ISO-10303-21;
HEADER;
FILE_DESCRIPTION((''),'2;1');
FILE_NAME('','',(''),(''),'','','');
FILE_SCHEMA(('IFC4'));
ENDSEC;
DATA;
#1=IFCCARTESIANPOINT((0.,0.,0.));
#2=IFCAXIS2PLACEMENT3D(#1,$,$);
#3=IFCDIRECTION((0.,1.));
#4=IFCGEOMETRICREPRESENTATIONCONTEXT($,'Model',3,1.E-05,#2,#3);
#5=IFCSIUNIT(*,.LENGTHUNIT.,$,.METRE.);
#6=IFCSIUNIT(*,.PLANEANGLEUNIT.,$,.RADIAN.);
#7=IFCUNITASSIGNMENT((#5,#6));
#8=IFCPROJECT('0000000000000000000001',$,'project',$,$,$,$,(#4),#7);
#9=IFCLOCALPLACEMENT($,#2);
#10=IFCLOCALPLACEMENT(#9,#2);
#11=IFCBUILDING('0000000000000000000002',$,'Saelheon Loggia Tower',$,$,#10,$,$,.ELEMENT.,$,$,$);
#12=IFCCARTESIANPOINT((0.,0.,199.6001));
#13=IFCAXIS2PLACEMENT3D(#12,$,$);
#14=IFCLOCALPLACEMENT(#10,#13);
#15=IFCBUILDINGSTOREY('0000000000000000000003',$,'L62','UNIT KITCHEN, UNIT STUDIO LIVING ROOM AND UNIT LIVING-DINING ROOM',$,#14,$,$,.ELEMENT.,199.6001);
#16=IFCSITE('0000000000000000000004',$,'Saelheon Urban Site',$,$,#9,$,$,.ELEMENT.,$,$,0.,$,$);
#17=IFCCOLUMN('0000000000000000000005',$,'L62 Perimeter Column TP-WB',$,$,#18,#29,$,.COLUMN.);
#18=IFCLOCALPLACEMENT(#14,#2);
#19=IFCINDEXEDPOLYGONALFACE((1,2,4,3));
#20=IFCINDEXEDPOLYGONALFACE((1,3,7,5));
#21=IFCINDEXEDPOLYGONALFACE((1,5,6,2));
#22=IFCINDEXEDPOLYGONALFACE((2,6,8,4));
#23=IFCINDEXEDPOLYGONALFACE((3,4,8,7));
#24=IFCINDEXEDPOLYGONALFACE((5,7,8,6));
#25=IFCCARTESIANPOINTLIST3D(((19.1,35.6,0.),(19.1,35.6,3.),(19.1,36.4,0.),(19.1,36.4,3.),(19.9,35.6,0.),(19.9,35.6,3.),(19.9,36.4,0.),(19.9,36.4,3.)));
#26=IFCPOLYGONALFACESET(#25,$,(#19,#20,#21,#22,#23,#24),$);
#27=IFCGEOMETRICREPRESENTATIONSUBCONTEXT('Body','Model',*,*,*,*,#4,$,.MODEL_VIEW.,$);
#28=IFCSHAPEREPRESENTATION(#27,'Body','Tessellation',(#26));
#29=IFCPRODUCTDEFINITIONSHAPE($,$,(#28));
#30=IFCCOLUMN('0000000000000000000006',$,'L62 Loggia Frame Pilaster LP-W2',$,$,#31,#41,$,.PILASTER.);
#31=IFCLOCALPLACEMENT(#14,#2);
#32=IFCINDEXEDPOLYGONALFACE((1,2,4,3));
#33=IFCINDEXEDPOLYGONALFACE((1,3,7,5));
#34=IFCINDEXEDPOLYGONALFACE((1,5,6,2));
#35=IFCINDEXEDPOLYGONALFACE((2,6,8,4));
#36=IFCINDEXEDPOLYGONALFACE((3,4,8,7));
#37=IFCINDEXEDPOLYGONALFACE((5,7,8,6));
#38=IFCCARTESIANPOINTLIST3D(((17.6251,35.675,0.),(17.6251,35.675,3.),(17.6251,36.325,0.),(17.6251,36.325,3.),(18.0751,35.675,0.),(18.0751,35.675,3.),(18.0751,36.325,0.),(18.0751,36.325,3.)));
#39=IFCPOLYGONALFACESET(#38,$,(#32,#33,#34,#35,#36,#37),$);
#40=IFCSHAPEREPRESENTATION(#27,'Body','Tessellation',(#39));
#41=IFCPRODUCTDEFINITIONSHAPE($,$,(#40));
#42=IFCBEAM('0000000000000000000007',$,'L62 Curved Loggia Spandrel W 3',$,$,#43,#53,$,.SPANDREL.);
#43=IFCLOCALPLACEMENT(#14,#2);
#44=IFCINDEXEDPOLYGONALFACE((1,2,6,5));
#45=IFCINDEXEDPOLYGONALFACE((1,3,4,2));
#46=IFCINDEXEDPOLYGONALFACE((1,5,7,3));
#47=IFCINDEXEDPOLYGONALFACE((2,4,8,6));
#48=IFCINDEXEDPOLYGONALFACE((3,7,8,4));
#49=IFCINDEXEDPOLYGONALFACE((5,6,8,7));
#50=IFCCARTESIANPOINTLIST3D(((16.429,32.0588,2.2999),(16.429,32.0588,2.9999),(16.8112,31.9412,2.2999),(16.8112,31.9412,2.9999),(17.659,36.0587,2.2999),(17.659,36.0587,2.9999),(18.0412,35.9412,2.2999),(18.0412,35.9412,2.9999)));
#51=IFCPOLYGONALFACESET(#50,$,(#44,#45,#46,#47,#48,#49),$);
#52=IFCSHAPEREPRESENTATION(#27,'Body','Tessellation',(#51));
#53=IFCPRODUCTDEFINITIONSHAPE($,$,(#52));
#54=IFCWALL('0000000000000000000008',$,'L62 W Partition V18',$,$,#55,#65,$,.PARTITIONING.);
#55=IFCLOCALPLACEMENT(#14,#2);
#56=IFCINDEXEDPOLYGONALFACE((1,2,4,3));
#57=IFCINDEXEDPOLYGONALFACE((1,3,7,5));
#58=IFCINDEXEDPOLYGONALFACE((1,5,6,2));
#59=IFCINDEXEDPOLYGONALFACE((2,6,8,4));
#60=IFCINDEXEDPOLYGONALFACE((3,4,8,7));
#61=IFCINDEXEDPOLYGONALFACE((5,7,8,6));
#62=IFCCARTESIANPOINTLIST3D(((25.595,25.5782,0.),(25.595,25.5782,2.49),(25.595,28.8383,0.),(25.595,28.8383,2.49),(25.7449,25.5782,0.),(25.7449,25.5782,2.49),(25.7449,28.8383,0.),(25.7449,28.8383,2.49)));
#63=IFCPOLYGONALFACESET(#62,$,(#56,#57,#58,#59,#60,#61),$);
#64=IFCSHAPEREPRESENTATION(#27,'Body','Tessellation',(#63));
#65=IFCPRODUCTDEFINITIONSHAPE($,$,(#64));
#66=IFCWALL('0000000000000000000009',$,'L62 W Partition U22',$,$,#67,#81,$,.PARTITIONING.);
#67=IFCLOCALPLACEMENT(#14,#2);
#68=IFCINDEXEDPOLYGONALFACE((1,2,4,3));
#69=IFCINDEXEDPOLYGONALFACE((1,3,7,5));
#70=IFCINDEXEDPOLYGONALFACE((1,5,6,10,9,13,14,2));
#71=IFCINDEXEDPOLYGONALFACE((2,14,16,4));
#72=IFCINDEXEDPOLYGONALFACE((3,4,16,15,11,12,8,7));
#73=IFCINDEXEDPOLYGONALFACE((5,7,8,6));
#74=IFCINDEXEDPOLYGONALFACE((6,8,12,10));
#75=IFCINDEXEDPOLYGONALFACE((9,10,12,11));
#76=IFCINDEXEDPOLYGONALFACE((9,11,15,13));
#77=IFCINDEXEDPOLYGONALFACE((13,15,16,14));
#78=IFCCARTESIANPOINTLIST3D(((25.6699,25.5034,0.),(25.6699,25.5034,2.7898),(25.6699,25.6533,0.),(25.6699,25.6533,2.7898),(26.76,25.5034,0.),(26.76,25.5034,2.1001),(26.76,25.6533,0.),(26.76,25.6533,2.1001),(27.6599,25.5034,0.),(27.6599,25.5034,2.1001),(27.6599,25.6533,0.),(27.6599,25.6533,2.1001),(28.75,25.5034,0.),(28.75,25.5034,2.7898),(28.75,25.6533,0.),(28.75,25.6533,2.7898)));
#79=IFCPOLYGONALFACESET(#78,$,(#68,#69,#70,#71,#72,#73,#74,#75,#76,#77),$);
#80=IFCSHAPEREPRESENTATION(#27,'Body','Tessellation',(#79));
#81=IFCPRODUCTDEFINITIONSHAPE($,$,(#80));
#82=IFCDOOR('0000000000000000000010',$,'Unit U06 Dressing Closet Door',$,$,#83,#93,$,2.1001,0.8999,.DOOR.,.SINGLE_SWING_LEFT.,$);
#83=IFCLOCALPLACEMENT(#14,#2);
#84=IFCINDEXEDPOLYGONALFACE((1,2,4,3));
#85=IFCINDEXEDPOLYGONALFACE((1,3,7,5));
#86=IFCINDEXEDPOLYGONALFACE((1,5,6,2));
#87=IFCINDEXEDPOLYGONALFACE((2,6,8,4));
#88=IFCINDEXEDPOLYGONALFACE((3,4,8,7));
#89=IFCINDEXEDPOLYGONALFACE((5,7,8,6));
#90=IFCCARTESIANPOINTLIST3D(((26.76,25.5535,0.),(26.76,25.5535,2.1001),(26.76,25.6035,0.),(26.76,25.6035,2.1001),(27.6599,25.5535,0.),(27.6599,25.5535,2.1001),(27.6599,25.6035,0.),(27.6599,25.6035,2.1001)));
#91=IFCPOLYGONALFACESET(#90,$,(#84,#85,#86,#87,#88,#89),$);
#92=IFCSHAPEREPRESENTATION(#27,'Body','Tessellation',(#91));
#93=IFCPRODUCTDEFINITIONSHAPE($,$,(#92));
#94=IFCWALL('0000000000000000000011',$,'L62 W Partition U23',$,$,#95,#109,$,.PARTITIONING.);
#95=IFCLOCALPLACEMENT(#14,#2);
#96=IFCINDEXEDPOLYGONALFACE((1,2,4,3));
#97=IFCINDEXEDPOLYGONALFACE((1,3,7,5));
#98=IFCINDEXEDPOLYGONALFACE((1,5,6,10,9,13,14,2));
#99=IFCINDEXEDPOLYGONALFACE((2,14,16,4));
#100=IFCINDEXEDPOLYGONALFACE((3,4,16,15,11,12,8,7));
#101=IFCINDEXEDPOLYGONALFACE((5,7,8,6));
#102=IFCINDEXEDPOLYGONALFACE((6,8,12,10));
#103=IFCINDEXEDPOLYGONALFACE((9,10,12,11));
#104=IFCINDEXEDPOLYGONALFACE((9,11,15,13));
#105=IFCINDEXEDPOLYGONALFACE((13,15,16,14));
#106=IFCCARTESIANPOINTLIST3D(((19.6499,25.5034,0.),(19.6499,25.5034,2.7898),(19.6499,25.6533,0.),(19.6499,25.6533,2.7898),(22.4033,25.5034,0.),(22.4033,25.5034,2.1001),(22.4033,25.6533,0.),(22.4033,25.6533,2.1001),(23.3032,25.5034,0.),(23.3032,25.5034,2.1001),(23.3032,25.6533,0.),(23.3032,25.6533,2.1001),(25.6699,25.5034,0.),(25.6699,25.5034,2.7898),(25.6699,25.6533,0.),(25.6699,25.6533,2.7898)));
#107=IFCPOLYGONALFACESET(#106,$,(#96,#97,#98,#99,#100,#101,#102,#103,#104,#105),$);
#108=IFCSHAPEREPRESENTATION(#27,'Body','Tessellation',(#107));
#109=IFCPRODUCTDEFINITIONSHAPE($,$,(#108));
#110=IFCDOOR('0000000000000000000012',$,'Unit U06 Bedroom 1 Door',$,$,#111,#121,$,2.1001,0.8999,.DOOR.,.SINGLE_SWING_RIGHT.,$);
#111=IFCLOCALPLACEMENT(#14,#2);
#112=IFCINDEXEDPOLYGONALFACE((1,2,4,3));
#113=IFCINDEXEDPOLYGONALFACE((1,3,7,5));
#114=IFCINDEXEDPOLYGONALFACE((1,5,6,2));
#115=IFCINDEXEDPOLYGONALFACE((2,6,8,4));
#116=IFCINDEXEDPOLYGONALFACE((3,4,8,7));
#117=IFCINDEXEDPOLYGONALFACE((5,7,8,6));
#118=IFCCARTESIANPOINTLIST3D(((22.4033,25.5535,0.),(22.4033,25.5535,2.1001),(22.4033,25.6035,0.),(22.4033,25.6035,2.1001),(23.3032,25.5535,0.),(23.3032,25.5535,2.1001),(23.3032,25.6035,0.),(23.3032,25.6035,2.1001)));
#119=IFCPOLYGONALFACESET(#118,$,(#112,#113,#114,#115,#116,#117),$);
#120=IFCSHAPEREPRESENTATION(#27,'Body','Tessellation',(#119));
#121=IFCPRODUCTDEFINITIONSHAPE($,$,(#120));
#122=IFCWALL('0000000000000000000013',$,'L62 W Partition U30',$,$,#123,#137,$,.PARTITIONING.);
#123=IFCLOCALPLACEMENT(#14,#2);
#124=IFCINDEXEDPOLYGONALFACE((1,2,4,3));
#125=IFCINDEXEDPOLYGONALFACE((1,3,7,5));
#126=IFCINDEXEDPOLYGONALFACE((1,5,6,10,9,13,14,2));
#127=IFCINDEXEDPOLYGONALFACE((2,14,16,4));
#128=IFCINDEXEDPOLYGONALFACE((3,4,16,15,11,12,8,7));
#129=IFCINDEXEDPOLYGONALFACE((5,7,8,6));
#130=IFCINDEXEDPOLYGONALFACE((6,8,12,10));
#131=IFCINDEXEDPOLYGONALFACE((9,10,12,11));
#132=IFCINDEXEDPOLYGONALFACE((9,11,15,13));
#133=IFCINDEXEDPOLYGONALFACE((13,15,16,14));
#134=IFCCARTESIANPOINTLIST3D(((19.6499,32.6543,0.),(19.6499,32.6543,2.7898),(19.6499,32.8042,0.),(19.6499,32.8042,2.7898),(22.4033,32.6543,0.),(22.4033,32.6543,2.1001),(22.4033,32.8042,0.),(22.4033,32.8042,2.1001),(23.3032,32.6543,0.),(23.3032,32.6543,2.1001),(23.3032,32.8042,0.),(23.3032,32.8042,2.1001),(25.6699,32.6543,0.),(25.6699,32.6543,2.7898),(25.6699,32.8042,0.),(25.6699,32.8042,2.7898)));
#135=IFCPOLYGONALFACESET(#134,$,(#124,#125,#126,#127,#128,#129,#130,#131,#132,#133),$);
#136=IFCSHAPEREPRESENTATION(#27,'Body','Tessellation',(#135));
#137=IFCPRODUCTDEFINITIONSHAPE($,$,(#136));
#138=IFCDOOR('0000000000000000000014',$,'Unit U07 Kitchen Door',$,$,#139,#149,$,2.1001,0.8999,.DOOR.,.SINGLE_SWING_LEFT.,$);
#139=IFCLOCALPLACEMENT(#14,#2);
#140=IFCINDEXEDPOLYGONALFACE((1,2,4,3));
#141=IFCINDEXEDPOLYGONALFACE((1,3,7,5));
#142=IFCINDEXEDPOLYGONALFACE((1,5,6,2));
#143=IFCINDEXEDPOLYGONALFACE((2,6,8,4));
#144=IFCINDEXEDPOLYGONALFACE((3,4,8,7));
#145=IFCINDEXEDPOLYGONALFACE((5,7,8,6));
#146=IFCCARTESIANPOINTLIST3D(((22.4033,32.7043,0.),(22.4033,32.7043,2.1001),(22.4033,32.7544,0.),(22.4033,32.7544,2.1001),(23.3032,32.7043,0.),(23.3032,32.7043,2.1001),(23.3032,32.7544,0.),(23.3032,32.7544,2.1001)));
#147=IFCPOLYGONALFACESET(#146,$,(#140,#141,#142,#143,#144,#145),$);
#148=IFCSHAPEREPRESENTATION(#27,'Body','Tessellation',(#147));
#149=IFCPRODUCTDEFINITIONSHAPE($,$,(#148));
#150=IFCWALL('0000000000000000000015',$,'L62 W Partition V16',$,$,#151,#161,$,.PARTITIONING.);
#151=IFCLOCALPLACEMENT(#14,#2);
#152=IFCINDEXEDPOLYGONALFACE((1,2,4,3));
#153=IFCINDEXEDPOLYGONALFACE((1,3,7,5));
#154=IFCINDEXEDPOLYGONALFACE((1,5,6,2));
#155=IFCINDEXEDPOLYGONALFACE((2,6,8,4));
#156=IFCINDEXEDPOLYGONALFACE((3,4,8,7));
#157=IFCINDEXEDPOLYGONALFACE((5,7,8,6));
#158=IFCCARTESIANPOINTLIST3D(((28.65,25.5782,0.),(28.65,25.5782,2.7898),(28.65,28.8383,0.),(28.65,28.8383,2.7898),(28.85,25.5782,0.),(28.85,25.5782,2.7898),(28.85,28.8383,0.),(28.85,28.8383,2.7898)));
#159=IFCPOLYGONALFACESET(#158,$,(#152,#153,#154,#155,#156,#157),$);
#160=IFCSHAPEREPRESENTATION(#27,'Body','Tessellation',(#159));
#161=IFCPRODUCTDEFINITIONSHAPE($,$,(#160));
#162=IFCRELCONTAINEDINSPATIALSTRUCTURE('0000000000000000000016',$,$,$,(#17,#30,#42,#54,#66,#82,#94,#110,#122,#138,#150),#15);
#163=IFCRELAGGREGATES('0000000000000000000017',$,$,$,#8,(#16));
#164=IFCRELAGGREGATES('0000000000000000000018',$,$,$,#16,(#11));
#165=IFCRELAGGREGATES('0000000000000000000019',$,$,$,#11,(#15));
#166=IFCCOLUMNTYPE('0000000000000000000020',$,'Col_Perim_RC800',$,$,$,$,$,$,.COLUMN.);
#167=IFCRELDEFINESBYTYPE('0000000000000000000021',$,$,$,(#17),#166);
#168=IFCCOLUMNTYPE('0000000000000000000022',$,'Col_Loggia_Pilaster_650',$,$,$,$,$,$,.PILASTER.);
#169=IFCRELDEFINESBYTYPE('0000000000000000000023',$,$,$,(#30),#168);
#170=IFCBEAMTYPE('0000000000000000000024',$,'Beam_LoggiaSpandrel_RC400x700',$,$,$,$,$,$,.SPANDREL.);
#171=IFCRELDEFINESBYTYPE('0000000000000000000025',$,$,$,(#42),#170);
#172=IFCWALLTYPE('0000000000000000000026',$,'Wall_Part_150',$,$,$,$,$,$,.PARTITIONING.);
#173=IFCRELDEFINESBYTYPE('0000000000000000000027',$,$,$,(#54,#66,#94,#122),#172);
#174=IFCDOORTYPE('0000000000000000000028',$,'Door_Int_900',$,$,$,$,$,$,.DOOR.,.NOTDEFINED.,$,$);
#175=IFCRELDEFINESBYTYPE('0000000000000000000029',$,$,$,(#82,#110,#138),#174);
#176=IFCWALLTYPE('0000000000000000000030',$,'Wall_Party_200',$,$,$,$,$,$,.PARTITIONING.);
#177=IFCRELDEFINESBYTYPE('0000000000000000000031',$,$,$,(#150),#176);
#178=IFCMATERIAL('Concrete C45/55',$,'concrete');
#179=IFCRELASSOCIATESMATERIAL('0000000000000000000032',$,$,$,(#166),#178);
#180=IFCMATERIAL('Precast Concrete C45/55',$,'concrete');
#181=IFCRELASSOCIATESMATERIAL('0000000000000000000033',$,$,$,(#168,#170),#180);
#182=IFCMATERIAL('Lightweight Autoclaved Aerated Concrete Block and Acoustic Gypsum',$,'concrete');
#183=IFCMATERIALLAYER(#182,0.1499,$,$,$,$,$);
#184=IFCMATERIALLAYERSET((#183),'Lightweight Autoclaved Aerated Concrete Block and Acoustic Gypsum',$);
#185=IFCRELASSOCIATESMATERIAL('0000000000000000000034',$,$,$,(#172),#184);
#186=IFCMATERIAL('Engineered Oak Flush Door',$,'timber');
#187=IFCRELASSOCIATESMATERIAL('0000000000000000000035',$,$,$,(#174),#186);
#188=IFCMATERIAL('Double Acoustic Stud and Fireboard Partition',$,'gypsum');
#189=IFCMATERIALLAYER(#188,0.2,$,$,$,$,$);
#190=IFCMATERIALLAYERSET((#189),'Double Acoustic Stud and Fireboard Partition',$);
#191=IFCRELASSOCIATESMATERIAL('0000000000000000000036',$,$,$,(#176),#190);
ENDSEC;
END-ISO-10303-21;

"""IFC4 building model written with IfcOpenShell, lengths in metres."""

from ifc_helpers import new_model, si_unit, direction, frame, frame_2d, origin, origin_2d, place, context, subcontext, project, spatial, rectangle, extrude, source, transform, mapped, material, layer, layer_set, material_profile, profile_set, type_object, element, fill, save


model = new_model("IFC4")

# Units and contexts
model_context = context("Model", 3, precision=1e-05, world=origin(), true_north=direction((0.0, 1.0)))
body_context = subcontext(model_context, "Body", "Model", "MODEL_VIEW")
ifc_project = project(units=[si_unit("LENGTHUNIT", "METRE"), si_unit("PLANEANGLEUNIT", "RADIAN")], contexts=[model_context])

# Site, building, storey
site_placement = place(None, origin())
site = spatial("IfcSite", under=ifc_project, at=site_placement, Name="Saelheon Urban Site", CompositionType="ELEMENT", RefElevation=0.0)
building_placement = place(site_placement, origin())
building = spatial("IfcBuilding", under=site, at=building_placement, Name="Saelheon Loggia Tower", CompositionType="ELEMENT")
storey_placement = place(building_placement, frame((0.0, 0.0, 199.6001)))
storey = spatial("IfcBuildingStorey", under=building, at=storey_placement, Name="L62", Description="UNIT KITCHEN, UNIT STUDIO LIVING ROOM AND UNIT LIVING-DINING ROOM", CompositionType="ELEMENT", Elevation=199.6001)

# Columns
ifc_material_1 = material(Name="Concrete C45/55", Category="concrete")
ifc_material_profile_1 = material_profile(ifc_material_1, rectangle(XDim=0.8, YDim=0.8, at=origin_2d()), Name="RC-800x800")
ifc_profile_set_1 = profile_set([ifc_material_profile_1], Name="Concrete C45/55")
column_type_1 = type_object("IfcColumnType", Name="Col_Perim_RC800", PredefinedType="COLUMN", material=ifc_profile_set_1)
shared_shape_1 = source(origin(), body_context, "Body", "SweptSolid", [
    extrude(rectangle(XDim=0.8, YDim=0.8, at=origin_2d()), origin(), (0.0, 0.0, 1.0), 3.0),
])
column_1_placement = place(storey_placement, frame((19.5, 36.0, 0.0), z_axis=(0.0, 0.0, 1.0), x_axis=(1.0, 0.0, 0.0)))
element("IfcColumn", 1, at=column_1_placement, inside=storey, type_object=column_type_1, Name="L62 Perimeter Column TP-WB", PredefinedType="COLUMN", context=body_context, shape_type="MappedRepresentation", body=[
    mapped(shared_shape_1, transform((0.0, 0.0, 0.0), scale=1.0)),
])
ifc_material_2 = material(Name="Precast Concrete C45/55", Category="concrete")
ifc_material_profile_2 = material_profile(ifc_material_2, rectangle(XDim=0.45, YDim=0.6499, at=origin_2d()), Name="RC-450x650")
ifc_profile_set_2 = profile_set([ifc_material_profile_2], Name="Precast Concrete C45/55")
column_type_2 = type_object("IfcColumnType", Name="Col_Loggia_Pilaster_650", PredefinedType="PILASTER", material=ifc_profile_set_2)
shared_shape_2 = source(origin(), body_context, "Body", "SweptSolid", [
    extrude(rectangle(XDim=0.45, YDim=0.6499, at=origin_2d()), origin(), (0.0, 0.0, 1.0), 3.0),
])
column_2_placement = place(storey_placement, frame((17.8501, 36.0, 0.0), z_axis=(0.0, 0.0, 1.0), x_axis=(1.0, 0.0, 0.0)))
element("IfcColumn", 2, at=column_2_placement, inside=storey, type_object=column_type_2, Name="L62 Loggia Frame Pilaster LP-W2", PredefinedType="PILASTER", context=body_context, shape_type="MappedRepresentation", body=[
    mapped(shared_shape_2, transform((0.0, 0.0, 0.0), scale=1.0)),
])

# Beam
ifc_material_profile_3 = material_profile(ifc_material_2, rectangle(XDim=0.3999, YDim=0.7, at=origin_2d()), Name="RC-400x700")
ifc_profile_set_3 = profile_set([ifc_material_profile_3], Name="Precast Concrete C45/55")
beam_type = type_object("IfcBeamType", Name="Beam_LoggiaSpandrel_RC400x700", PredefinedType="SPANDREL", material=ifc_profile_set_3)
shared_shape_3 = source(origin(), body_context, "Body", "SweptSolid", [
    extrude(rectangle(XDim=0.3999, YDim=0.7, at=origin_2d()), origin(), (0.0, 0.0, 1.0), 4.1848),
])
beam_placement = place(storey_placement, frame((16.6201, 32.0, 2.6499), z_axis=(0.293914, 0.955832, 0.0), x_axis=(-0.955832, 0.293914, 0.0)))
element("IfcBeam", 3, at=beam_placement, inside=storey, type_object=beam_type, Name="L62 Curved Loggia Spandrel W 3", PredefinedType="SPANDREL", context=body_context, shape_type="MappedRepresentation", body=[
    mapped(shared_shape_3, transform((0.0, 0.0, 0.0), scale=1.0)),
])

# Wall
ifc_material_3 = material(Name="Lightweight Autoclaved Aerated Concrete Block and Acoustic Gypsum", Category="concrete")
ifc_layer_1 = layer(ifc_material_3, 0.1499)
ifc_layer_set_1 = layer_set([ifc_layer_1], Name="Lightweight Autoclaved Aerated Concrete Block and Acoustic Gypsum")
wall_type_1 = type_object("IfcWallType", Name="Wall_Part_150", PredefinedType="PARTITIONING", material=ifc_layer_set_1)
wall_1_placement = place(storey_placement, frame((25.6699, 25.5784, 0.0), z_axis=(0.0, 0.0, 1.0), x_axis=(0.0, 1.0, 0.0)))
element("IfcWall", 4, at=wall_1_placement, inside=storey, type_object=wall_type_1, Name="L62 W Partition V18", PredefinedType="PARTITIONING", context=body_context, shape_type="SweptSolid", body=[
    extrude(rectangle(XDim=3.26, YDim=0.1499, at=frame_2d((1.6299, 0.0))), origin(), (0.0, 0.0, 1.0), 2.49),
])

# Walls, openings, doors
wall_2_placement = place(storey_placement, frame((28.75, 25.5784, 0.0), z_axis=(0.0, 0.0, 1.0), x_axis=(-1.0, 0.0, 0.0)))
wall_2 = element("IfcWall", 5, at=wall_2_placement, inside=storey, type_object=wall_type_1, Name="L62 W Partition U22", PredefinedType="PARTITIONING", context=body_context, shape_type="SweptSolid", body=[
    extrude(rectangle(XDim=3.0801, YDim=0.1499, at=frame_2d((1.54, 0.0))), origin(), (0.0, 0.0, 1.0), 2.7898),
])
opening_1_placement = place(wall_2_placement, frame((1.0901, 0.0, 0.0)))
opening_1 = element("IfcOpeningElement", 6, at=opening_1_placement, cuts=wall_2, PredefinedType="OPENING", context=body_context, shape_type="SweptSolid", body=[
    extrude(rectangle(XDim=0.8999, YDim=2.1001, at=frame_2d((0.45, 1.05))), frame((0.0, 0.0869, 0.0), z_axis=(0.0, -1.0, 0.0), x_axis=(1.0, 0.0, 0.0)), (0.0, 0.0, 1.0), 0.1738),
])
ifc_material_4 = material(Name="Engineered Oak Flush Door", Category="timber")
door_type_1 = type_object("IfcDoorType", Name="Door_Int_900", OperationType="NOTDEFINED", PredefinedType="DOOR", material=ifc_material_4)
shared_shape_4 = source(origin(), body_context, "Body", "SweptSolid", [
    extrude(rectangle(XDim=0.8999, YDim=2.1001, at=frame_2d((0.45, 1.05))), frame((0.0, 0.0249, 0.0), z_axis=(0.0, -1.0, 0.0), x_axis=(1.0, 0.0, 0.0)), (0.0, 0.0, 1.0), 0.05),
])
door_1_placement = place(opening_1_placement, origin())
door_1 = element("IfcDoor", 7, at=door_1_placement, inside=storey, type_object=door_type_1, Name="Unit U06 Dressing Closet Door", OperationType="SINGLE_SWING_LEFT", OverallHeight=2.1001, OverallWidth=0.8999, PredefinedType="DOOR", context=body_context, shape_type="MappedRepresentation", body=[
    mapped(shared_shape_4, transform((0.0, 0.0, 0.0), scale=1.0)),
])
fill(opening_1, door_1)
wall_3_placement = place(storey_placement, frame((25.6699, 25.5784, 0.0), z_axis=(0.0, 0.0, 1.0), x_axis=(-1.0, 0.0, 0.0)))
wall_3 = element("IfcWall", 8, at=wall_3_placement, inside=storey, type_object=wall_type_1, Name="L62 W Partition U23", PredefinedType="PARTITIONING", context=body_context, shape_type="SweptSolid", body=[
    extrude(rectangle(XDim=6.02, YDim=0.1499, at=frame_2d((3.01, 0.0))), origin(), (0.0, 0.0, 1.0), 2.7898),
])
opening_2_placement = place(wall_3_placement, frame((2.3667, 0.0, 0.0)))
opening_2 = element("IfcOpeningElement", 9, at=opening_2_placement, cuts=wall_3, PredefinedType="OPENING", context=body_context, shape_type="SweptSolid", body=[
    extrude(rectangle(XDim=0.8999, YDim=2.1001, at=frame_2d((0.45, 1.05))), frame((0.0, 0.0869, 0.0), z_axis=(0.0, -1.0, 0.0), x_axis=(1.0, 0.0, 0.0)), (0.0, 0.0, 1.0), 0.1738),
])
door_2_placement = place(opening_2_placement, origin())
door_2 = element("IfcDoor", 10, at=door_2_placement, inside=storey, type_object=door_type_1, Name="Unit U06 Bedroom 1 Door", OperationType="SINGLE_SWING_RIGHT", OverallHeight=2.1001, OverallWidth=0.8999, PredefinedType="DOOR", context=body_context, shape_type="MappedRepresentation", body=[
    mapped(shared_shape_4, transform((0.0, 0.0, 0.0), scale=1.0)),
])
fill(opening_2, door_2)
wall_4_placement = place(storey_placement, frame((25.6699, 32.7292, 0.0), z_axis=(0.0, 0.0, 1.0), x_axis=(-1.0, 0.0, 0.0)))
wall_4 = element("IfcWall", 11, at=wall_4_placement, inside=storey, type_object=wall_type_1, Name="L62 W Partition U30", PredefinedType="PARTITIONING", context=body_context, shape_type="SweptSolid", body=[
    extrude(rectangle(XDim=6.02, YDim=0.1499, at=frame_2d((3.01, 0.0))), origin(), (0.0, 0.0, 1.0), 2.7898),
])
opening_3_placement = place(wall_4_placement, frame((2.3667, 0.0, 0.0)))
opening_3 = element("IfcOpeningElement", 12, at=opening_3_placement, cuts=wall_4, PredefinedType="OPENING", context=body_context, shape_type="SweptSolid", body=[
    extrude(rectangle(XDim=0.8999, YDim=2.1001, at=frame_2d((0.45, 1.05))), frame((0.0, 0.0869, 0.0), z_axis=(0.0, -1.0, 0.0), x_axis=(1.0, 0.0, 0.0)), (0.0, 0.0, 1.0), 0.1738),
])
door_3_placement = place(opening_3_placement, origin())
door_3 = element("IfcDoor", 13, at=door_3_placement, inside=storey, type_object=door_type_1, Name="Unit U07 Kitchen Door", OperationType="SINGLE_SWING_LEFT", OverallHeight=2.1001, OverallWidth=0.8999, PredefinedType="DOOR", context=body_context, shape_type="MappedRepresentation", body=[
    mapped(shared_shape_4, transform((0.0, 0.0, 0.0), scale=1.0)),
])
fill(opening_3, door_3)
ifc_material_5 = material(Name="Double Acoustic Stud and Fireboard Partition", Category="gypsum")
ifc_layer_2 = layer(ifc_material_5, 0.2)
ifc_layer_set_2 = layer_set([ifc_layer_2], Name="Double Acoustic Stud and Fireboard Partition")
wall_type_2 = type_object("IfcWallType", Name="Wall_Party_200", PredefinedType="PARTITIONING", material=ifc_layer_set_2)

# Wall
wall_5_placement = place(storey_placement, frame((28.75, 25.5784, 0.0), z_axis=(0.0, 0.0, 1.0), x_axis=(0.0, 1.0, 0.0)))
element("IfcWall", 14, at=wall_5_placement, inside=storey, type_object=wall_type_2, Name="L62 W Partition V16", PredefinedType="PARTITIONING", context=body_context, shape_type="SweptSolid", body=[
    extrude(rectangle(XDim=3.26, YDim=0.2, at=frame_2d((1.6299, 0.0))), origin(), (0.0, 0.0, 1.0), 2.7898),
])

save(model, "model.ifc")
